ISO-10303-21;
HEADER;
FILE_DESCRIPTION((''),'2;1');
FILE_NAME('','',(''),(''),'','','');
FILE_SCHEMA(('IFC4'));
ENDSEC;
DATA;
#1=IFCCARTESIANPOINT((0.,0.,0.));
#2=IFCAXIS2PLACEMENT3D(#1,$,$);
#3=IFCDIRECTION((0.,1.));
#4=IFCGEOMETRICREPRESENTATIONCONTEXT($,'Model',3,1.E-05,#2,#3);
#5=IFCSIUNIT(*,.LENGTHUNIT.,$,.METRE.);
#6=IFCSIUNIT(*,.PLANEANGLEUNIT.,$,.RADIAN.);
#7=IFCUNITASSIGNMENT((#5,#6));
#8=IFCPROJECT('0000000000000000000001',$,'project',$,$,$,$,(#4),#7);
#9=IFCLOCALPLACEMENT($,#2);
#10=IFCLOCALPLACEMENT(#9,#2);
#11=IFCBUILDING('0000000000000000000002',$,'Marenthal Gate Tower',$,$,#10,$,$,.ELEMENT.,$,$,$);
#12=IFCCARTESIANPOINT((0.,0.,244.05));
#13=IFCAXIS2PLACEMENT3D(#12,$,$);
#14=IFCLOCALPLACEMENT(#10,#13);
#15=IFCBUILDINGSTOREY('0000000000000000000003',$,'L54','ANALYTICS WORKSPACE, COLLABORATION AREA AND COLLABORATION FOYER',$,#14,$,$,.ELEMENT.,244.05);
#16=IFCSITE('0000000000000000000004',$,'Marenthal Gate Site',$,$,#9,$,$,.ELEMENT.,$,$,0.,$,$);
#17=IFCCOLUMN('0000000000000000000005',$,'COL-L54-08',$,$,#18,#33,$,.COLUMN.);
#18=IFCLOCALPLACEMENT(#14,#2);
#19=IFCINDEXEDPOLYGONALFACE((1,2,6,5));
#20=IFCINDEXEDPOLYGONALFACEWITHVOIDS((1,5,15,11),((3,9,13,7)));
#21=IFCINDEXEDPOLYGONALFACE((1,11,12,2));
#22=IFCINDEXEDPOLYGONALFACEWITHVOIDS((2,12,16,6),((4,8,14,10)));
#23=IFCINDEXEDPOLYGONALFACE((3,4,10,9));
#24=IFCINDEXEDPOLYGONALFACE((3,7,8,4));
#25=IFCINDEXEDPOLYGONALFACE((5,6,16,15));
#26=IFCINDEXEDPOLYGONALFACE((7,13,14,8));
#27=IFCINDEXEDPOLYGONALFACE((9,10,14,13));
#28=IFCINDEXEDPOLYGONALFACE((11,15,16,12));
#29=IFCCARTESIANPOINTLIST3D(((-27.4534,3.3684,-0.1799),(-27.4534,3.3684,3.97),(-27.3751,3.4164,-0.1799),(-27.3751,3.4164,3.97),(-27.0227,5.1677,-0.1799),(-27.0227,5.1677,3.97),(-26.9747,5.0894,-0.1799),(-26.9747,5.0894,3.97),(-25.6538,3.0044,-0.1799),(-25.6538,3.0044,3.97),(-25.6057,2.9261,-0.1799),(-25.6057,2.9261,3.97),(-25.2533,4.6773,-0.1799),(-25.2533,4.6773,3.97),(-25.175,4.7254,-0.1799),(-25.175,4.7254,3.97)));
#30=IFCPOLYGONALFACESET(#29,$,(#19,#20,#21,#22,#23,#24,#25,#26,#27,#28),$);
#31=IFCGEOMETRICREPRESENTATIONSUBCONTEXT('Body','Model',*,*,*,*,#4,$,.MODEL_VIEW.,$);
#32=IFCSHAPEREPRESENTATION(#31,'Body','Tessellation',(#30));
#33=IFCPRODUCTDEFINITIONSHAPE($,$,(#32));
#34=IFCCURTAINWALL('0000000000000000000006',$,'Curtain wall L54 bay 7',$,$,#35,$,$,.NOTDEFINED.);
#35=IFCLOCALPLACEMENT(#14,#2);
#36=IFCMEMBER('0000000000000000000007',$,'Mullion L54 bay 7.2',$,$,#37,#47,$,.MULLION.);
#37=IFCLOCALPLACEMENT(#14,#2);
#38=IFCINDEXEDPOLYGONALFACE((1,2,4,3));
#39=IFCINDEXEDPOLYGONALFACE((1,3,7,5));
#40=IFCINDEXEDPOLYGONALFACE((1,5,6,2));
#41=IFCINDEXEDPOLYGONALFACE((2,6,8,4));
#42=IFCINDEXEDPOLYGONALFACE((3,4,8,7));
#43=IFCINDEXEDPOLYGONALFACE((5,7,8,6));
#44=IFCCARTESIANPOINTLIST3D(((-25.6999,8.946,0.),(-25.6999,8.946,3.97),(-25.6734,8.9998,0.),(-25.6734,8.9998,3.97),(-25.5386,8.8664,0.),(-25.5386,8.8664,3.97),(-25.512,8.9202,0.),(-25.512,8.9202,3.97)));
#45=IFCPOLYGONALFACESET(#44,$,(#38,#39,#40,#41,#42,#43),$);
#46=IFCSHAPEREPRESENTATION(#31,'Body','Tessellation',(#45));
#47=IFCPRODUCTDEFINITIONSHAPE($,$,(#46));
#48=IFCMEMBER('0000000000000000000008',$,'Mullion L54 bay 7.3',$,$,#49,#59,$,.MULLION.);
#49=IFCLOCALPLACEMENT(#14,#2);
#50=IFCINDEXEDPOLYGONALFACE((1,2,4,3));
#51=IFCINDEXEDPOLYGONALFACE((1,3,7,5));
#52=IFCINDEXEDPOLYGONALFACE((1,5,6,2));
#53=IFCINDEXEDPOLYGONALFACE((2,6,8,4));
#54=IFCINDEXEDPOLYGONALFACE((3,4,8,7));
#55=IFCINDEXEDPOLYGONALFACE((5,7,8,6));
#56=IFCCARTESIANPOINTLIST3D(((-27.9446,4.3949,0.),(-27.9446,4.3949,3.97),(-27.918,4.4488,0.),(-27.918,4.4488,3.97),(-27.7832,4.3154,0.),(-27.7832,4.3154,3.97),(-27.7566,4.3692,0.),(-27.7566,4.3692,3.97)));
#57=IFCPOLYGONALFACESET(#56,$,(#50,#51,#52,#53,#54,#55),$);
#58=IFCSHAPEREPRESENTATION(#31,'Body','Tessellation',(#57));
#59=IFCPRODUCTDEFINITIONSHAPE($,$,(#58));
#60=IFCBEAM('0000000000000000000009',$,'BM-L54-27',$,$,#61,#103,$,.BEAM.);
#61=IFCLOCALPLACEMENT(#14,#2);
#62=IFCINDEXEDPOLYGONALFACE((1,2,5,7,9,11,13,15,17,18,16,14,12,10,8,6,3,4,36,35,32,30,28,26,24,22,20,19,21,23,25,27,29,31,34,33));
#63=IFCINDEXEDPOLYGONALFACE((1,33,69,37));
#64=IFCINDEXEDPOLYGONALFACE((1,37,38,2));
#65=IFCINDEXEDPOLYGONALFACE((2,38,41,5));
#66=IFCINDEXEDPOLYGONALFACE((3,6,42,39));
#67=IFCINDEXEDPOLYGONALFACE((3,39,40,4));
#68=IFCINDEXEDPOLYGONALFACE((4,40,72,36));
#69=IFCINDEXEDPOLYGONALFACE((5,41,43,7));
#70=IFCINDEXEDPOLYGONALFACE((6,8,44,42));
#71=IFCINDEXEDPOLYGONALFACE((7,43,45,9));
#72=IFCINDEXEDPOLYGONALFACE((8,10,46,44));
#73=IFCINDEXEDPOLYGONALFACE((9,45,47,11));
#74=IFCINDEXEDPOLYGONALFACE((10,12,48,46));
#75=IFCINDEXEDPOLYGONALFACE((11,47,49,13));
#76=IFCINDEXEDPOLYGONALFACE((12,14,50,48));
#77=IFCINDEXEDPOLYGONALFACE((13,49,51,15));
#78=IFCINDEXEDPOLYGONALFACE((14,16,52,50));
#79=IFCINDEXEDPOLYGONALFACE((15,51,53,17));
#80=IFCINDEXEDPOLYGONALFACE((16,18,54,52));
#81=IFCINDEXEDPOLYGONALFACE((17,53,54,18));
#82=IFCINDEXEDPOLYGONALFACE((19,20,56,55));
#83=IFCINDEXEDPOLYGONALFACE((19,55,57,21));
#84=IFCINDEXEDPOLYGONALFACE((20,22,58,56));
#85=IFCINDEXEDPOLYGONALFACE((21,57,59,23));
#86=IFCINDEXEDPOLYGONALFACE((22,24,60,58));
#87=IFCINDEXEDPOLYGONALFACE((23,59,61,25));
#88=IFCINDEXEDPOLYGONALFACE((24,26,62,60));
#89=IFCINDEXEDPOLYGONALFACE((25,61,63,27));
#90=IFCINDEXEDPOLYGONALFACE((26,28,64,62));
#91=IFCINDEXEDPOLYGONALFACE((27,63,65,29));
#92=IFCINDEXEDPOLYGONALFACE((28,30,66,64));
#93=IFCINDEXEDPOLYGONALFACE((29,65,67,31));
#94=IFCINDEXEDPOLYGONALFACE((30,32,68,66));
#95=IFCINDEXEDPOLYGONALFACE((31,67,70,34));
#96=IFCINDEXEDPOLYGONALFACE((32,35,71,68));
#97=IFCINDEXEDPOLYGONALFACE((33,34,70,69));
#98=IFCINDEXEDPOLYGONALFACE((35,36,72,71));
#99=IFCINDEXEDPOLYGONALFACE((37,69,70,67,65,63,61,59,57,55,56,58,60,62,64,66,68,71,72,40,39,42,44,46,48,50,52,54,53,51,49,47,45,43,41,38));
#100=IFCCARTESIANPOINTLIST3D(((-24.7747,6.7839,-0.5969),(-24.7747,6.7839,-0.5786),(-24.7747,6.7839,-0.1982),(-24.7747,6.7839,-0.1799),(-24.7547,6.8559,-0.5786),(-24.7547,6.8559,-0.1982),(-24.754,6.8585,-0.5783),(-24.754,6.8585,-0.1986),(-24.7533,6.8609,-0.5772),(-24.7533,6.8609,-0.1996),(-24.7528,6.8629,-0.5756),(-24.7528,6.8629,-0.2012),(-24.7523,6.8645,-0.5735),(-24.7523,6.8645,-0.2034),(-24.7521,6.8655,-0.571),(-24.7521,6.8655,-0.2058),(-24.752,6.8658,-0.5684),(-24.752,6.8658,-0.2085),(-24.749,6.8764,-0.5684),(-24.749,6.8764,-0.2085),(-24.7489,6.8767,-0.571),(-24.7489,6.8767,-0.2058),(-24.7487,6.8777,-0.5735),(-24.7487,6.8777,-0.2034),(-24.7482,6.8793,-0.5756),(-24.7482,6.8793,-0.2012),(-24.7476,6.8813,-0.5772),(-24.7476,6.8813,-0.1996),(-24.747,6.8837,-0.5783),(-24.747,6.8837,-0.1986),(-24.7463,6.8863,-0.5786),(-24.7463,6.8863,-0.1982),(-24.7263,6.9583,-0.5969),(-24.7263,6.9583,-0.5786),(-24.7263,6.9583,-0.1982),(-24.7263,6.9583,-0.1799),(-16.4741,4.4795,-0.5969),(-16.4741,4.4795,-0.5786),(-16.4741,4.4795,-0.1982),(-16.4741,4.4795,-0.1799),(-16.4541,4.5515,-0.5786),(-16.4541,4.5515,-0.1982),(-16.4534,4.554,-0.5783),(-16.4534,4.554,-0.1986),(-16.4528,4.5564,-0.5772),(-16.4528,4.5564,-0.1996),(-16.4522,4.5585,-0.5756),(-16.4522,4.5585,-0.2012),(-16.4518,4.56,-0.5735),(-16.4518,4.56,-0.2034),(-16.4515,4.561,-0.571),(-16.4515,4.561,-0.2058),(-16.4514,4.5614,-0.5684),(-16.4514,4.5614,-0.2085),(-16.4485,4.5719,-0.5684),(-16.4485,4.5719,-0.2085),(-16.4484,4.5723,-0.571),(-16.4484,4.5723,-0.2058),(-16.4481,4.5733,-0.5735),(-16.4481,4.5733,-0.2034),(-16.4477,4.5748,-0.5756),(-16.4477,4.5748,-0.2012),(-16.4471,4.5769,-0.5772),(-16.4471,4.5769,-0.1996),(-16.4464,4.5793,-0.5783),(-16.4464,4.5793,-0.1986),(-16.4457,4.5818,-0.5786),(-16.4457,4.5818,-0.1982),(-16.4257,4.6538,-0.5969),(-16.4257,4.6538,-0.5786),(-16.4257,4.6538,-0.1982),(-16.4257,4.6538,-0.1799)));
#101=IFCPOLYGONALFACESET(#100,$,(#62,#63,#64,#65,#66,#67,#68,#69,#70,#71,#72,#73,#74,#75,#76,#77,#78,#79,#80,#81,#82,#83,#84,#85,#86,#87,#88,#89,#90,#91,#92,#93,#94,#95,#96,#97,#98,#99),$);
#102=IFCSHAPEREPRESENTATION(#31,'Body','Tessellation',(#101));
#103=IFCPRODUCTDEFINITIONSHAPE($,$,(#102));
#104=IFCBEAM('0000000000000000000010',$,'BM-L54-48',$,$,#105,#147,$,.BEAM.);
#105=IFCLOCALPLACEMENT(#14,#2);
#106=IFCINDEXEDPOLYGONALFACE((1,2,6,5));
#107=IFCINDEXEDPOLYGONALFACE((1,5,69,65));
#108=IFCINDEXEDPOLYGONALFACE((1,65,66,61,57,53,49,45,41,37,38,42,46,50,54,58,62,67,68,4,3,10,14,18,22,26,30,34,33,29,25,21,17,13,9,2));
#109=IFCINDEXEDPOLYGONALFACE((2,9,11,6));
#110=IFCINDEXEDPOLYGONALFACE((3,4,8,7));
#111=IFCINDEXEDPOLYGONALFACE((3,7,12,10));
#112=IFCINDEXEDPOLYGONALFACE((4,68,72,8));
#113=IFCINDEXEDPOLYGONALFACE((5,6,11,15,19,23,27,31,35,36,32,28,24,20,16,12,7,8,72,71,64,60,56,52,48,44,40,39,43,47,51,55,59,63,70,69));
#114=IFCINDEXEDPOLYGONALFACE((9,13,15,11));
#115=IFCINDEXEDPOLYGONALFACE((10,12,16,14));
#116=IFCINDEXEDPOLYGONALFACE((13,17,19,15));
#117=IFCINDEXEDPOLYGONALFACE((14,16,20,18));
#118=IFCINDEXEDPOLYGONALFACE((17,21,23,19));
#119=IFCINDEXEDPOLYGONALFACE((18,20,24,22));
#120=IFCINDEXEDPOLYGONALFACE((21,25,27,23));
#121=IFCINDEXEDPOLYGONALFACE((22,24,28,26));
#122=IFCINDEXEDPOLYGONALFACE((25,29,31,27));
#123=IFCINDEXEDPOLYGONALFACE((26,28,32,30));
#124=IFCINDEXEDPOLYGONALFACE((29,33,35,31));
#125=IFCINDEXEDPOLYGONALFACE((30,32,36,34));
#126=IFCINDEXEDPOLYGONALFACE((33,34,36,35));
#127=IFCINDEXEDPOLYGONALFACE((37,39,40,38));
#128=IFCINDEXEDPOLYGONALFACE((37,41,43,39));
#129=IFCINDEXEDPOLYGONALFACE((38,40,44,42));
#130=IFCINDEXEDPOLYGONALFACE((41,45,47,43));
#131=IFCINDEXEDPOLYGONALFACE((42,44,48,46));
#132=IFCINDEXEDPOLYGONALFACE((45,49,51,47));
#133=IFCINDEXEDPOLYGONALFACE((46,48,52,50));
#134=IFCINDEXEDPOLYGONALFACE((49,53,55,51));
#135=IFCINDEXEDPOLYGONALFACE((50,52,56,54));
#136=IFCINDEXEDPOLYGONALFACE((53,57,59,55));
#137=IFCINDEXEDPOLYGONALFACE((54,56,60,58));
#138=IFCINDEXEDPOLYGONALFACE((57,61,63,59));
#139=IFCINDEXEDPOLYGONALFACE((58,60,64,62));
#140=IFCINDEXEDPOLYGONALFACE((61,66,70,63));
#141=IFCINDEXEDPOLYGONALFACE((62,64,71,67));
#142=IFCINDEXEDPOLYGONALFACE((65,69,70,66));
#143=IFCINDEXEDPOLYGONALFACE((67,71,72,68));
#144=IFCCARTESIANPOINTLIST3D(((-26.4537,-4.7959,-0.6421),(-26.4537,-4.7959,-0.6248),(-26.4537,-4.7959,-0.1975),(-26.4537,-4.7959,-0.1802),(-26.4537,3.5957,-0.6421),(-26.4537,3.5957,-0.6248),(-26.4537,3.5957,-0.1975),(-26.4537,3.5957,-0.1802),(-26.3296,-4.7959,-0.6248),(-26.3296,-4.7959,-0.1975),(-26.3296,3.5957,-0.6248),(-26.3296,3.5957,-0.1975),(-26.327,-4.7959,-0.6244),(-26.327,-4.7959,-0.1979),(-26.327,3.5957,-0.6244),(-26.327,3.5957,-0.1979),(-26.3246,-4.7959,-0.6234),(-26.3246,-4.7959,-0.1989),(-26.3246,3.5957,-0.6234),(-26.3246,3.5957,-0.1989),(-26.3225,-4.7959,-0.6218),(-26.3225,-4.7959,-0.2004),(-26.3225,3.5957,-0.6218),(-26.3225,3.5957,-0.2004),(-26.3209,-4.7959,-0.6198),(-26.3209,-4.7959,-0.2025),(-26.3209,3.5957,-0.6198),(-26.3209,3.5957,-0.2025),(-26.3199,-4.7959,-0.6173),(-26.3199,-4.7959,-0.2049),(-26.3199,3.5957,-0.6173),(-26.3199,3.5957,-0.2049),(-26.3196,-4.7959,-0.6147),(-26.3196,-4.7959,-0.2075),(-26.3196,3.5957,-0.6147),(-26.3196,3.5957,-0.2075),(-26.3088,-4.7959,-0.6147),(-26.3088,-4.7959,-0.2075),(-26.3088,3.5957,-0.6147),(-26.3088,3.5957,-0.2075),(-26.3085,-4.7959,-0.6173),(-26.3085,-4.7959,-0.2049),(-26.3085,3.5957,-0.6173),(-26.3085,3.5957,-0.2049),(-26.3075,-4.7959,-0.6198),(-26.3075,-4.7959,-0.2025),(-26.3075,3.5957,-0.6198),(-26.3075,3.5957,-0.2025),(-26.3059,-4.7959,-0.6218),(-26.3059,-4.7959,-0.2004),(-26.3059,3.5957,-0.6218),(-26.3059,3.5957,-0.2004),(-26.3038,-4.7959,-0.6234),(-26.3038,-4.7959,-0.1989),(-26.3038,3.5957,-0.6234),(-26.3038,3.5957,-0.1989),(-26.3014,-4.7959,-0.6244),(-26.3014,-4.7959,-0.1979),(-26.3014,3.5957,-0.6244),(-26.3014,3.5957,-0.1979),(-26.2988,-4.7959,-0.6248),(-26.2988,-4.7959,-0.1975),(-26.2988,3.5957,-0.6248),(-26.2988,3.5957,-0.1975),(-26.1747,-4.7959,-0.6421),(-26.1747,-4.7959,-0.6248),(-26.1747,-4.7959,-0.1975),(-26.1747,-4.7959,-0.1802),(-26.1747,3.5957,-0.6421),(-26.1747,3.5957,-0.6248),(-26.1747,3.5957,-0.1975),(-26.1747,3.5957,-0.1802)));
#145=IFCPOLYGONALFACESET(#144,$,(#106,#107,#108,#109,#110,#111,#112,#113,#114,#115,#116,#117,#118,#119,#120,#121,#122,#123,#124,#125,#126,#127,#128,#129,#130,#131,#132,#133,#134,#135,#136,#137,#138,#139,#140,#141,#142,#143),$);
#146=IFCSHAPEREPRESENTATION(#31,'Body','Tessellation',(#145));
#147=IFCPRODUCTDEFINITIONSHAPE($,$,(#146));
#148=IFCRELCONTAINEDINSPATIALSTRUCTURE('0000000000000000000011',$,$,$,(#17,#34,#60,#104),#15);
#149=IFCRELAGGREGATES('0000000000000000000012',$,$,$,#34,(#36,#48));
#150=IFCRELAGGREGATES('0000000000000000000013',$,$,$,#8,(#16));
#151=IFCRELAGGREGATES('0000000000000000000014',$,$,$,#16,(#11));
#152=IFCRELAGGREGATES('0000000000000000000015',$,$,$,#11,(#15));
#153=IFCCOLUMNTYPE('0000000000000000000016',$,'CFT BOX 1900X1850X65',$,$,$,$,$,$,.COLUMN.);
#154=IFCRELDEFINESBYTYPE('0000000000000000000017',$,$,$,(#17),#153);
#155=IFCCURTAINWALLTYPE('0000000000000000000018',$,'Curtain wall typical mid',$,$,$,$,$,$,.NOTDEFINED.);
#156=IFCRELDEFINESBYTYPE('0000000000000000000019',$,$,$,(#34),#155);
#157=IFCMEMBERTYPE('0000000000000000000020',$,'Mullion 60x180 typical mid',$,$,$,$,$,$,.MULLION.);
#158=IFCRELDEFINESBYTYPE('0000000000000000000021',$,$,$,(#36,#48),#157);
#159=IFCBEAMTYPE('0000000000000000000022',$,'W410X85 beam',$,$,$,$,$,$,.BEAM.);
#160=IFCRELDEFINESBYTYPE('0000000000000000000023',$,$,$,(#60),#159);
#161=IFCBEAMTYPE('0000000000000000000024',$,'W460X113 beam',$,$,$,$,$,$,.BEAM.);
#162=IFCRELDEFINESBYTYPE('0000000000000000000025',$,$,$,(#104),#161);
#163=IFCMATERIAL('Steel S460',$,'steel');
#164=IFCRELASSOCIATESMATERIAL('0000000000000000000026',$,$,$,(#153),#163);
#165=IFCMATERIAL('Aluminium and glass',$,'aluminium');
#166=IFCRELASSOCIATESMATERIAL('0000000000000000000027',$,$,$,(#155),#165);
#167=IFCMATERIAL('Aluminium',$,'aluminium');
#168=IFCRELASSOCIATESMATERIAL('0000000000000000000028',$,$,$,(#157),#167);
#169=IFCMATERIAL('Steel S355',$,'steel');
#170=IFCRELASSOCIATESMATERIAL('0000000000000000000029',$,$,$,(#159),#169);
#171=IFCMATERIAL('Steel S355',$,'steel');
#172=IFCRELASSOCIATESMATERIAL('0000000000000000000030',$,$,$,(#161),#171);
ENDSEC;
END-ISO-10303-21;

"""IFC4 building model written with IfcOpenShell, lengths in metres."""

from ifc_helpers import new_model, si_unit, direction, frame, origin, origin_2d, place, context, subcontext, project, spatial, rectangle, hollow_rectangle, i_section, extrude, material, material_profile, profile_set, type_object, element, aggregate, save


model = new_model("IFC4")

# Units and contexts
model_context = context("Model", 3, precision=1e-05, world=origin(), true_north=direction((0.0, 1.0)))
body_context = subcontext(model_context, "Body", "Model", "MODEL_VIEW")
ifc_project = project(units=[si_unit("LENGTHUNIT", "METRE"), si_unit("PLANEANGLEUNIT", "RADIAN")], contexts=[model_context])

# Site, building, storey
site_placement = place(None, origin())
site = spatial("IfcSite", under=ifc_project, at=site_placement, Name="Marenthal Gate Site", CompositionType="ELEMENT", RefElevation=0.0)
building_placement = place(site_placement, origin())
building = spatial("IfcBuilding", under=site, at=building_placement, Name="Marenthal Gate Tower", CompositionType="ELEMENT")
storey_placement = place(building_placement, frame((0.0, 0.0, 244.05)))
storey = spatial("IfcBuildingStorey", under=building, at=storey_placement, Name="L54", Description="ANALYTICS WORKSPACE, COLLABORATION AREA AND COLLABORATION FOYER", CompositionType="ELEMENT", Elevation=244.05)

# Column
ifc_material_1 = material(Name="Steel S460", Category="steel")
ifc_material_profile_1 = material_profile(ifc_material_1, hollow_rectangle(XDim=1.8501, YDim=1.8999, WallThickness=0.0649, at=origin_2d()), Name="CFT BOX 1900X1850X65")
ifc_material_2 = material(Name="Concrete 70 MPa", Category="concrete")
ifc_material_profile_2 = material_profile(ifc_material_2, rectangle(XDim=1.72, YDim=1.77, at=origin_2d()), Name="CFT BOX 1900X1850X65 INFILL")
ifc_profile_set_1 = profile_set([ifc_material_profile_1, ifc_material_profile_2], Name="Steel S460 shell, Concrete 70 MPa infill")
column_type = type_object("IfcColumnType", Name="CFT BOX 1900X1850X65", PredefinedType="COLUMN", material=ifc_profile_set_1)
column_placement = place(storey_placement, frame((-26.3142, 4.0469, -0.1799), z_axis=(0.0, 0.0, 1.0), x_axis=(0.232804, 0.972524, 0.0)))
element("IfcColumn", 1, at=column_placement, inside=storey, type_object=column_type, Name="COL-L54-08", PredefinedType="COLUMN", context=body_context, shape_type="SweptSolid", body=[
    extrude(hollow_rectangle(XDim=1.8501, YDim=1.8999, WallThickness=0.0649, at=origin_2d()), origin(), (0.0, 0.0, 1.0), 4.1499),
])

# Curtain wall, members
ifc_material_3 = material(Name="Aluminium and glass", Category="aluminium")
curtain_wall_type = type_object("IfcCurtainWallType", Name="Curtain wall typical mid", PredefinedType="NOTDEFINED", material=ifc_material_3)
curtain_wall_placement = place(storey_placement, origin())
curtain_wall = element("IfcCurtainWall", 2, at=curtain_wall_placement, inside=storey, type_object=curtain_wall_type, Name="Curtain wall L54 bay 7", PredefinedType="NOTDEFINED")
ifc_material_4 = material(Name="Aluminium", Category="aluminium")
ifc_material_profile_3 = material_profile(ifc_material_4, rectangle(XDim=0.1799, YDim=0.0601, at=origin_2d()), Name="60x180 aluminium mullion")
ifc_profile_set_2 = profile_set([ifc_material_profile_3], Name="Aluminium")
member_type = type_object("IfcMemberType", Name="Mullion 60x180 typical mid", PredefinedType="MULLION", material=ifc_profile_set_2)
member_1_placement = place(storey_placement, frame((-25.606, 8.9331, 0.0), z_axis=(0.0, 0.0, 1.0), x_axis=(0.896835, -0.442364, 0.0)))
member_1 = element("IfcMember", 3, at=member_1_placement, type_object=member_type, Name="Mullion L54 bay 7.2", PredefinedType="MULLION", context=body_context, shape_type="SweptSolid", body=[
    extrude(rectangle(XDim=0.1799, YDim=0.0601, at=origin_2d()), origin(), (0.0, 0.0, 1.0), 3.97),
])
member_2_placement = place(storey_placement, frame((-27.8506, 4.3821, 0.0), z_axis=(0.0, 0.0, 1.0), x_axis=(0.896835, -0.442364, 0.0)))
member_2 = element("IfcMember", 4, at=member_2_placement, type_object=member_type, Name="Mullion L54 bay 7.3", PredefinedType="MULLION", context=body_context, shape_type="SweptSolid", body=[
    extrude(rectangle(XDim=0.1799, YDim=0.0601, at=origin_2d()), origin(), (0.0, 0.0, 1.0), 3.97),
])

# Beams
ifc_material_5 = material(Name="Steel S355", Category="steel")
ifc_material_profile_4 = material_profile(ifc_material_5, i_section(OverallWidth=0.1809, OverallDepth=0.417, WebThickness=0.011, FlangeThickness=0.0183, FilletRadius=0.0103, at=origin_2d()), Name="W410X85")
ifc_profile_set_3 = profile_set([ifc_material_profile_4], Name="Steel S355")
beam_type_1 = type_object("IfcBeamType", Name="W410X85 beam", PredefinedType="BEAM", material=ifc_profile_set_3)
beam_1_placement = place(storey_placement, frame((-24.7505, 6.8711, -0.3884), z_axis=(0.963556, -0.267508, 0.0), x_axis=(0.267508, 0.963556, 0.0)))
element("IfcBeam", 5, at=beam_1_placement, inside=storey, type_object=beam_type_1, Name="BM-L54-27", PredefinedType="BEAM", context=body_context, shape_type="SweptSolid", body=[
    extrude(i_section(OverallWidth=0.1809, OverallDepth=0.417, WebThickness=0.011, FlangeThickness=0.0183, FilletRadius=0.0103, at=origin_2d()), origin(), (0.0, 0.0, 1.0), 8.6145),
])
ifc_material_6 = material(Name="Steel S355", Category="steel")
ifc_material_profile_5 = material_profile(ifc_material_6, i_section(OverallWidth=0.2791, OverallDepth=0.4619, WebThickness=0.0107, FlangeThickness=0.0173, FilletRadius=0.01, at=origin_2d()), Name="W460X113")
ifc_profile_set_4 = profile_set([ifc_material_profile_5], Name="Steel S355")
beam_type_2 = type_object("IfcBeamType", Name="W460X113 beam", PredefinedType="BEAM", material=ifc_profile_set_4)
beam_2_placement = place(storey_placement, frame((-26.3142, 3.5957, -0.4111), z_axis=(0.0, -1.0, 0.0), x_axis=(1.0, 0.0, 0.0)))
element("IfcBeam", 6, at=beam_2_placement, inside=storey, type_object=beam_type_2, Name="BM-L54-48", PredefinedType="BEAM", context=body_context, shape_type="SweptSolid", body=[
    extrude(i_section(OverallWidth=0.2791, OverallDepth=0.4619, WebThickness=0.0107, FlangeThickness=0.0173, FilletRadius=0.01, at=origin_2d()), origin(), (0.0, 0.0, 1.0), 8.3916),
])

aggregate(curtain_wall, [member_1, member_2])

save(model, "model.ifc")
